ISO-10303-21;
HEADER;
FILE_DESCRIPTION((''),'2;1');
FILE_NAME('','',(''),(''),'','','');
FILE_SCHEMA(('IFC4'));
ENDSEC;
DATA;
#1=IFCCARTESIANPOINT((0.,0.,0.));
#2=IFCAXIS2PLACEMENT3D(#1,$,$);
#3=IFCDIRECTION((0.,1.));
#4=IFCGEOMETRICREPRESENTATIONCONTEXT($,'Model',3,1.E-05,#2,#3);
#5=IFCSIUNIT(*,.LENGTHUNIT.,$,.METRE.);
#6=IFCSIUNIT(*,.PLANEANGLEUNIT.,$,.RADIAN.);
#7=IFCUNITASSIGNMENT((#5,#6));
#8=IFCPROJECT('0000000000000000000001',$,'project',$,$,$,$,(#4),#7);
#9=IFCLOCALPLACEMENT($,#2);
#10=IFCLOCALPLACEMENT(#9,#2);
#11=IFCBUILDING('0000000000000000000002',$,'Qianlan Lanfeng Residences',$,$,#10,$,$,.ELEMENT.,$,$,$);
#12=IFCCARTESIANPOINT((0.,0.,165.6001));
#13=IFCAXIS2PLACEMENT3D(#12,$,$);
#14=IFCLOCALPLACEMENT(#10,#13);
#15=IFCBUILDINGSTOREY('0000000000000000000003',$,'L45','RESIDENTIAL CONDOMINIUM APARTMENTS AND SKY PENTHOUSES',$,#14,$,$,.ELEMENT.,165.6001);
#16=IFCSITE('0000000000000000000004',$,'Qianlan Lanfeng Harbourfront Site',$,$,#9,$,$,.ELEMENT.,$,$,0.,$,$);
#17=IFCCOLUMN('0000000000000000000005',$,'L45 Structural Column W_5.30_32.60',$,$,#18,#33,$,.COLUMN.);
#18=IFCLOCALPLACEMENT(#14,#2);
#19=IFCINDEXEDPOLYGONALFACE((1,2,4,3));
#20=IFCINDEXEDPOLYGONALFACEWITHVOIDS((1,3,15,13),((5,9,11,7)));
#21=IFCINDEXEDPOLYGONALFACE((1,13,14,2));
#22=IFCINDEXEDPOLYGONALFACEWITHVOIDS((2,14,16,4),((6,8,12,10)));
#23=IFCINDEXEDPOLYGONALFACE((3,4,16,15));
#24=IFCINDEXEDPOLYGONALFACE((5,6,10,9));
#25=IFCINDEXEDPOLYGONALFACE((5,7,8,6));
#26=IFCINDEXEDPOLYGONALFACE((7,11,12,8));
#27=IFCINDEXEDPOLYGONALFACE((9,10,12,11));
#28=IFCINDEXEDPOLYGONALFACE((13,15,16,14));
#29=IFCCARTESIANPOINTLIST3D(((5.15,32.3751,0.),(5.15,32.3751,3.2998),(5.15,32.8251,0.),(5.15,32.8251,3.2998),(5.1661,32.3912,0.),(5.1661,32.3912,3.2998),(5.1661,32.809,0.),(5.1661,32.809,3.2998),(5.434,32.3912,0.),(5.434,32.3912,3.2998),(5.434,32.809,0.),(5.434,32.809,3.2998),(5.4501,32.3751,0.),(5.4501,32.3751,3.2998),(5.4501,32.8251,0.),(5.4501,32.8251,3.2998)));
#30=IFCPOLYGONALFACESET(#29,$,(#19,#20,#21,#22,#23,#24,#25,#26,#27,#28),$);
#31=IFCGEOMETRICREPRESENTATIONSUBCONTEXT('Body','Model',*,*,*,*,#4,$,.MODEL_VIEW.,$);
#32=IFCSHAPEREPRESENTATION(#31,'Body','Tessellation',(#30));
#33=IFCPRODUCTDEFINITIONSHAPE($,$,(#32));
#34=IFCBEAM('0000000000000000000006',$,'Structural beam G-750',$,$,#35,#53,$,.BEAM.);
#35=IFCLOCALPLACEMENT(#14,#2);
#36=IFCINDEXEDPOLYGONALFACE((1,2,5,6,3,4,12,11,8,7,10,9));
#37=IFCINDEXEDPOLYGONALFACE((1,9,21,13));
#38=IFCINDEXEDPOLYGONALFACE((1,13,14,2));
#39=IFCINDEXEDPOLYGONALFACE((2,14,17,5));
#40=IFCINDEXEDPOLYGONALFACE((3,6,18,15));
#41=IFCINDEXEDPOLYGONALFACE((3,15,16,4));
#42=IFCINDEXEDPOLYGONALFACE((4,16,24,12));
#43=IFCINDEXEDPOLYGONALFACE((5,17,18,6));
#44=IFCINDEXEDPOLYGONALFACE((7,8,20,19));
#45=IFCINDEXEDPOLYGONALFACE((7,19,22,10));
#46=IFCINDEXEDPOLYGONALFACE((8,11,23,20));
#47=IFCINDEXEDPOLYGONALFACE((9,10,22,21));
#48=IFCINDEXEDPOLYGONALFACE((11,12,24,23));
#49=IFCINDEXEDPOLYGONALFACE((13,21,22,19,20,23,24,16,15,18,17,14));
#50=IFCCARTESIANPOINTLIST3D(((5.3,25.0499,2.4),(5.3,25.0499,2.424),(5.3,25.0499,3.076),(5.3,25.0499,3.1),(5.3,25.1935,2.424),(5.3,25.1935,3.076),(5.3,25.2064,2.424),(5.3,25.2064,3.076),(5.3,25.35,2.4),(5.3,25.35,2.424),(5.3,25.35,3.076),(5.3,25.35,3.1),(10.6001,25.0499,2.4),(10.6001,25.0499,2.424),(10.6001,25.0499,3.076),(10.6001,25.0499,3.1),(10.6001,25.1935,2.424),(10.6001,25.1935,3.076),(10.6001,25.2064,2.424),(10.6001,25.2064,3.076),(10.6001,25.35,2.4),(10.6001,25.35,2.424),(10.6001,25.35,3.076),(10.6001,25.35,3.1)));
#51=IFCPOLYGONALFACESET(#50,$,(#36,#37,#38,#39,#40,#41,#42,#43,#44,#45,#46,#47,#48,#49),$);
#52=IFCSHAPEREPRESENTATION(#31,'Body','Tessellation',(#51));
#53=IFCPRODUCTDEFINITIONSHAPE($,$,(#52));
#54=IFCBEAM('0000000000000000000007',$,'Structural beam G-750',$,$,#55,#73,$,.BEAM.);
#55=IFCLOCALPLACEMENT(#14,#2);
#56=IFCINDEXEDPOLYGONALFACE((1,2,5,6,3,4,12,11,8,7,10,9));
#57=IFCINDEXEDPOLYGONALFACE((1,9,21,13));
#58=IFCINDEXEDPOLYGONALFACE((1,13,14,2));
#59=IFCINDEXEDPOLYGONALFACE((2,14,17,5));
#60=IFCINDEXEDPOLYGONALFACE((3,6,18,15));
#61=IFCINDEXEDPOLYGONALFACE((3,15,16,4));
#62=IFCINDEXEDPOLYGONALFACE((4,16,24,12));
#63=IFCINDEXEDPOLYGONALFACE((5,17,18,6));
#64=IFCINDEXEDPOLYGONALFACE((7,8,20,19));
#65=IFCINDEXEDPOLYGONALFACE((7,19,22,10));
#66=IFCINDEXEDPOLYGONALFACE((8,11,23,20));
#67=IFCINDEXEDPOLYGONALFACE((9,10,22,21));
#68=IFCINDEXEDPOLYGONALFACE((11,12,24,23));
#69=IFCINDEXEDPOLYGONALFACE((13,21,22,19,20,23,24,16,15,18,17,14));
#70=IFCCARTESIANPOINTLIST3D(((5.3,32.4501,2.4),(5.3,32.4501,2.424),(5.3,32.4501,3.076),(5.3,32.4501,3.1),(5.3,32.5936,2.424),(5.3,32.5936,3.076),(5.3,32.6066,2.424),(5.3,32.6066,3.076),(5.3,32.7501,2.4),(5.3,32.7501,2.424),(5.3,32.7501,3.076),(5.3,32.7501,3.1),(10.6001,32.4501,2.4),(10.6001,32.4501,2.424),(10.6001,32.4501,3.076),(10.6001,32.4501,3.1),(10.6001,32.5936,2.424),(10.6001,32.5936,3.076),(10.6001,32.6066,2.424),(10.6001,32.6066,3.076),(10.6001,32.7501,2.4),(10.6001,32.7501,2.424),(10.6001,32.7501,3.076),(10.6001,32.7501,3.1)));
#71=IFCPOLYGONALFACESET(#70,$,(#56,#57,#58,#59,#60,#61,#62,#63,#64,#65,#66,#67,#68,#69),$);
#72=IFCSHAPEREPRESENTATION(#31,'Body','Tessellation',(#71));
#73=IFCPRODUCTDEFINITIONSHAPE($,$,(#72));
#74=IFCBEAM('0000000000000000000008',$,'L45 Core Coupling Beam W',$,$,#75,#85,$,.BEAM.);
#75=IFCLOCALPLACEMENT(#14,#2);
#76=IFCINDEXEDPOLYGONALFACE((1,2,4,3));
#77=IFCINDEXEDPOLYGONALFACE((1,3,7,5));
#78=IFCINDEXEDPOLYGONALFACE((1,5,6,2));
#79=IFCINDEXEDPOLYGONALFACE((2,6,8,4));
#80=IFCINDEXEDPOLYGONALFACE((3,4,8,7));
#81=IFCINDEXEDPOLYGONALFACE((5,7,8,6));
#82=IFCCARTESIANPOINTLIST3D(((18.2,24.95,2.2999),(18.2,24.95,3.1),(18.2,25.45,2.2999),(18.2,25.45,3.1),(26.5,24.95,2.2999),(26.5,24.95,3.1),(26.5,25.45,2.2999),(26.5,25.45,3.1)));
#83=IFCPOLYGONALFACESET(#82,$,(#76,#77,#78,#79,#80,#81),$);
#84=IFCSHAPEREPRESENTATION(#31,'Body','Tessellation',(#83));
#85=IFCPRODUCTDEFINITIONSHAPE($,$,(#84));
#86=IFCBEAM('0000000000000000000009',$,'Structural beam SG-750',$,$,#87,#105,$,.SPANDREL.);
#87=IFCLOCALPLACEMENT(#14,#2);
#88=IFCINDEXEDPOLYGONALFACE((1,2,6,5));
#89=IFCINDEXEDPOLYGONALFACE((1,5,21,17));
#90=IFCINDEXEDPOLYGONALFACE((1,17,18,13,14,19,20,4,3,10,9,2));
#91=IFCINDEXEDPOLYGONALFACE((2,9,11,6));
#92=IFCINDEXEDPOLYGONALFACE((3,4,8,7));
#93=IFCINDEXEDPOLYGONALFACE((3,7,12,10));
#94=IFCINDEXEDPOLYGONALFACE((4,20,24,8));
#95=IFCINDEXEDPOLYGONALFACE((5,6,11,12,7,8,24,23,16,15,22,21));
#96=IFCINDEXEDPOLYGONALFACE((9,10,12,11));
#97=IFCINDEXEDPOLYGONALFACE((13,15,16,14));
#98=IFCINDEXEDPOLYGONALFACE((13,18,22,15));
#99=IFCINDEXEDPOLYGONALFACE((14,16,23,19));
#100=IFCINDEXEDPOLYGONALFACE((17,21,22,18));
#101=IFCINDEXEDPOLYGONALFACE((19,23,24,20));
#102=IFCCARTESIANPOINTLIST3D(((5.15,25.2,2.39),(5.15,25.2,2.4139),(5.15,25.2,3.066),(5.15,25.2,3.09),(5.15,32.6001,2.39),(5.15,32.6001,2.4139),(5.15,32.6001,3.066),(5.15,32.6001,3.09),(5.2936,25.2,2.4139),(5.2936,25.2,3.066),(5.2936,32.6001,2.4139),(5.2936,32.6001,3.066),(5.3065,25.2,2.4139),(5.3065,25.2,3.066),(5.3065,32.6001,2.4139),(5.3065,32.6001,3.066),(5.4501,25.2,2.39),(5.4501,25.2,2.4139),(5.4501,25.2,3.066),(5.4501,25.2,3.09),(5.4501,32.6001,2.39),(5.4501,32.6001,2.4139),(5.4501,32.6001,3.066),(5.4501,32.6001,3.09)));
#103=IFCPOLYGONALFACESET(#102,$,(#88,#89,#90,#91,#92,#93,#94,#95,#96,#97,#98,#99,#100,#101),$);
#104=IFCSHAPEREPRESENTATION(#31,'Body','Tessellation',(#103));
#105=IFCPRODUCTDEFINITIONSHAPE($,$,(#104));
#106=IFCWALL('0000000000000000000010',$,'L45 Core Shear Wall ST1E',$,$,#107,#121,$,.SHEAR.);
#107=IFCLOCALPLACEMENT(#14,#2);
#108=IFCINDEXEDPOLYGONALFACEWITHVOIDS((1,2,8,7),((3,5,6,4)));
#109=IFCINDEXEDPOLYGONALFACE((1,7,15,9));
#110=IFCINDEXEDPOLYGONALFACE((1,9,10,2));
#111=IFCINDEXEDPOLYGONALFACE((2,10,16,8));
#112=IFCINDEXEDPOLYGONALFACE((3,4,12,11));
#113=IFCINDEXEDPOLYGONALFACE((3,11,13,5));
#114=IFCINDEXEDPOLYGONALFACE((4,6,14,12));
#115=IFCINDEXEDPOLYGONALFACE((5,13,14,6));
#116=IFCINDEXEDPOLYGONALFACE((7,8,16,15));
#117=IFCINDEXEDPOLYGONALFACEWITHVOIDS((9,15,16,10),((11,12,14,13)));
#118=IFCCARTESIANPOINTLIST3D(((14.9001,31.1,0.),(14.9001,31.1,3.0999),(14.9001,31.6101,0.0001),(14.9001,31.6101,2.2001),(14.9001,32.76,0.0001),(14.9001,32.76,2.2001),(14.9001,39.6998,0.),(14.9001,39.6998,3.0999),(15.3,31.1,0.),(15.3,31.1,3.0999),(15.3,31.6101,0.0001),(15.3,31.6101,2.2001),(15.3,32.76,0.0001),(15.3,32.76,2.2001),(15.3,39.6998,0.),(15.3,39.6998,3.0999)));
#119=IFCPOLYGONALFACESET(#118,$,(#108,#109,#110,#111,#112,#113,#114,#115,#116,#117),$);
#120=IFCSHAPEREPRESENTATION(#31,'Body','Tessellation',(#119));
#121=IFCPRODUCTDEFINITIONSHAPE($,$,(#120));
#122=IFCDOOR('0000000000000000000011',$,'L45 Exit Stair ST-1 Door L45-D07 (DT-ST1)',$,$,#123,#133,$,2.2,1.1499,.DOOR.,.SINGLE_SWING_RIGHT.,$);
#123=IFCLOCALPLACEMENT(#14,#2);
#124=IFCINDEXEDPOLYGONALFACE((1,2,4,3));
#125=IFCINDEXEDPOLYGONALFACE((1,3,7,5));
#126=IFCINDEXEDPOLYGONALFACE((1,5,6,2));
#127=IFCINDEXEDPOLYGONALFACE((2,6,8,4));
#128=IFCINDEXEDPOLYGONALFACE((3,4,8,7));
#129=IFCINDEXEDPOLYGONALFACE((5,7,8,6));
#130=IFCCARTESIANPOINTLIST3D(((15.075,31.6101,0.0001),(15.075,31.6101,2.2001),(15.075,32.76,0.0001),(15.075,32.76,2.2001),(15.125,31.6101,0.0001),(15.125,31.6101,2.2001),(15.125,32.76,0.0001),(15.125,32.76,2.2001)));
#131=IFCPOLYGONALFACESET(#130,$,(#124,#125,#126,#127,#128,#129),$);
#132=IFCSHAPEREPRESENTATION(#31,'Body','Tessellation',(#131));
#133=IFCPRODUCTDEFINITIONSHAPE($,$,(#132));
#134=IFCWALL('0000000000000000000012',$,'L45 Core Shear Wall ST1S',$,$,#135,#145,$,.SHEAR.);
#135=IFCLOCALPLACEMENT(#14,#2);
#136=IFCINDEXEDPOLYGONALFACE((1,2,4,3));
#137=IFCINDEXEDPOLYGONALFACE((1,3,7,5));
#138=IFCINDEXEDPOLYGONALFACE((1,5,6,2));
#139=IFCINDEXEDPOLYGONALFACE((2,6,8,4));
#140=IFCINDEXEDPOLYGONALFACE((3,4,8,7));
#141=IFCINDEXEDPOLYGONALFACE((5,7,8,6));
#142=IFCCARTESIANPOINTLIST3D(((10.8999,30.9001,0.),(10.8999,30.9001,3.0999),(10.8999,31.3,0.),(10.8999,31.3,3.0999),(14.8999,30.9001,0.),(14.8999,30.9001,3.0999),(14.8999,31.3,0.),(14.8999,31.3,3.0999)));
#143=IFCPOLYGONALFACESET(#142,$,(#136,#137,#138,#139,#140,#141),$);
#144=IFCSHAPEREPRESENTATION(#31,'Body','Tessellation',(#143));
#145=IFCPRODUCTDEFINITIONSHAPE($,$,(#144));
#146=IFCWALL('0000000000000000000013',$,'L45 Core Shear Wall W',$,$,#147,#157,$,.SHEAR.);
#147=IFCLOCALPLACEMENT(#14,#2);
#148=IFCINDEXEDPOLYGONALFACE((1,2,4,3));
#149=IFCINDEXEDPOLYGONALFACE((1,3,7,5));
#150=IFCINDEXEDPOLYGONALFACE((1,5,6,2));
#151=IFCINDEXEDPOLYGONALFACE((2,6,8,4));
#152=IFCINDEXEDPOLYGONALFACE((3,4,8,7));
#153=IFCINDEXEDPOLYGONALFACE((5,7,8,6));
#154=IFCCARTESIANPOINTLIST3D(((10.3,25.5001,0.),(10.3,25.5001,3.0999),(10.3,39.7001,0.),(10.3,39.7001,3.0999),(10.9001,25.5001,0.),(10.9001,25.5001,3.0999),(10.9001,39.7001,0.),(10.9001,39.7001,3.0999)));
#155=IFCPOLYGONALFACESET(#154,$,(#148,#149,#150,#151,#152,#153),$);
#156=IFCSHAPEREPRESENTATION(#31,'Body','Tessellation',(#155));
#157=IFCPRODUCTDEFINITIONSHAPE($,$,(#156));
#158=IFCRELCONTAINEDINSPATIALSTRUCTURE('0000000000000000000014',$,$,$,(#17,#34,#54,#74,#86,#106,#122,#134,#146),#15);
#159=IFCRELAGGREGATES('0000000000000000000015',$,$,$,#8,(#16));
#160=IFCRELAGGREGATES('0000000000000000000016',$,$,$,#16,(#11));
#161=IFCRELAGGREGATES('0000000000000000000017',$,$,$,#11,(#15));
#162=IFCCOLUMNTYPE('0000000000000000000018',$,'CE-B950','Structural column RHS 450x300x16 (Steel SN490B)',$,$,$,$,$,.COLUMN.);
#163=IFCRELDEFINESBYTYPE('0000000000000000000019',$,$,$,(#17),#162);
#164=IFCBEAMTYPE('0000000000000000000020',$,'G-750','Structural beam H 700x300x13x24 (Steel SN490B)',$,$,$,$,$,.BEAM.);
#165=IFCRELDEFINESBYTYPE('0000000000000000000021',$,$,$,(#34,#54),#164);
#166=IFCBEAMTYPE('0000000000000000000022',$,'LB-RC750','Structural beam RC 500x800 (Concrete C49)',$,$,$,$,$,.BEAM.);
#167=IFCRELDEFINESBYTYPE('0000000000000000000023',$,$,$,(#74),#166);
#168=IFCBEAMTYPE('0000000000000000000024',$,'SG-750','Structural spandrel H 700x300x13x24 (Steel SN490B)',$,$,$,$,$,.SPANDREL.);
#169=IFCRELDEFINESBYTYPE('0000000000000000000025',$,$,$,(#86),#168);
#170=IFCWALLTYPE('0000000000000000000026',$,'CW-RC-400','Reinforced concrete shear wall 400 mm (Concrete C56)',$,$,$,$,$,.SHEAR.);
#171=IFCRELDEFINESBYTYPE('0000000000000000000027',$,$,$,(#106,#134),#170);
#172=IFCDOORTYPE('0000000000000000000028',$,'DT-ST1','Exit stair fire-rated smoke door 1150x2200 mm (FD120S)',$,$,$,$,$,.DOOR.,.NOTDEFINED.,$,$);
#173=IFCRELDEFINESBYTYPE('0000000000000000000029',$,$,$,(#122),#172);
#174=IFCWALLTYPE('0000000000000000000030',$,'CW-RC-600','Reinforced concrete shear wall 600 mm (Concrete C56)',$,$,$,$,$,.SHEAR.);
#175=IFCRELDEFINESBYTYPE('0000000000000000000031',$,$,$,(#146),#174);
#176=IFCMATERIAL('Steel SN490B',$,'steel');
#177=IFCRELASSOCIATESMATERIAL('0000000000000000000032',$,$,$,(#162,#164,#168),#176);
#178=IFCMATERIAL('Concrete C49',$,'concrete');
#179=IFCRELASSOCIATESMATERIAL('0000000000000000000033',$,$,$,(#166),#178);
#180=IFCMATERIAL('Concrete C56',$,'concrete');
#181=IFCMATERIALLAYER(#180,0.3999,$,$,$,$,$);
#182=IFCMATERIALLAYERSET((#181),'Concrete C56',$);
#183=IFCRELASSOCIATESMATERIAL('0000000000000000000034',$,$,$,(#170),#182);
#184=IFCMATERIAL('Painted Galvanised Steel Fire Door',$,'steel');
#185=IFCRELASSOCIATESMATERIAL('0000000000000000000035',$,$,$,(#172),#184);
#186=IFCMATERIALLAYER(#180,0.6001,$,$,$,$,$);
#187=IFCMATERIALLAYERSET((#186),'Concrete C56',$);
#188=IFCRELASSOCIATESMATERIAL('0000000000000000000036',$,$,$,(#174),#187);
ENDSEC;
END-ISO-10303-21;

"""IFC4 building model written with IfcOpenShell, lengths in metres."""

from ifc_helpers import new_model, si_unit, direction, frame, frame_2d, origin, origin_2d, place, context, subcontext, project, spatial, rectangle, hollow_rectangle, i_section, extrude, material, layer, layer_set, material_profile, profile_set, type_object, element, fill, save


model = new_model("IFC4")

# Units and contexts
model_context = context("Model", 3, precision=1e-05, world=origin(), true_north=direction((0.0, 1.0)))
body_context = subcontext(model_context, "Body", "Model", "MODEL_VIEW")
ifc_project = project(units=[si_unit("LENGTHUNIT", "METRE"), si_unit("PLANEANGLEUNIT", "RADIAN")], contexts=[model_context])

# Site, building, storey
site_placement = place(None, origin())
site = spatial("IfcSite", under=ifc_project, at=site_placement, Name="Qianlan Lanfeng Harbourfront Site", CompositionType="ELEMENT", RefElevation=0.0)
building_placement = place(site_placement, origin())
building = spatial("IfcBuilding", under=site, at=building_placement, Name="Qianlan Lanfeng Residences", CompositionType="ELEMENT")
storey_placement = place(building_placement, frame((0.0, 0.0, 165.6001)))
storey = spatial("IfcBuildingStorey", under=building, at=storey_placement, Name="L45", Description="RESIDENTIAL CONDOMINIUM APARTMENTS AND SKY PENTHOUSES", CompositionType="ELEMENT", Elevation=165.6001)

# Column
ifc_material_1 = material(Name="Steel SN490B", Category="steel")
ifc_material_profile_1 = material_profile(ifc_material_1, hollow_rectangle(XDim=0.3, YDim=0.45, WallThickness=0.0161, at=origin_2d()), Name="RHS 450x300x16")
ifc_profile_set_1 = profile_set([ifc_material_profile_1], Name="Steel SN490B")
column_type = type_object("IfcColumnType", Name="CE-B950", Description="Structural column RHS 450x300x16 (Steel SN490B)", PredefinedType="COLUMN", material=ifc_profile_set_1)
column_placement = place(storey_placement, frame((5.3, 32.6001, 0.0), z_axis=(0.0, 0.0, 1.0), x_axis=(1.0, 0.0, 0.0)))
element("IfcColumn", 1, at=column_placement, inside=storey, type_object=column_type, Name="L45 Structural Column W_5.30_32.60", PredefinedType="COLUMN", context=body_context, shape_type="SweptSolid", body=[
    extrude(hollow_rectangle(XDim=0.3, YDim=0.45, WallThickness=0.0161, at=origin_2d()), origin(), (0.0, 0.0, 1.0), 3.2998),
])

# Beams
ifc_material_profile_2 = material_profile(ifc_material_1, i_section(OverallWidth=0.3, OverallDepth=0.7, WebThickness=0.0129, FlangeThickness=0.0239, at=origin_2d()), Name="H 700x300x13x24")
ifc_profile_set_2 = profile_set([ifc_material_profile_2], Name="Steel SN490B")
beam_type_1 = type_object("IfcBeamType", Name="G-750", Description="Structural beam H 700x300x13x24 (Steel SN490B)", PredefinedType="BEAM", material=ifc_profile_set_2)
for number, where, z_axis, x_axis, name in (
    (2, (5.3, 25.2, 2.75), (1.0, 0.0, 0.0), (0.0, 1.0, 0.0), "Structural beam G-750"),
    (3, (5.3, 32.6001, 2.75), (1.0, 0.0, 0.0), (0.0, 1.0, 0.0), "Structural beam G-750"),
):
    element("IfcBeam", number, at=place(storey_placement, frame(where, z_axis=z_axis, x_axis=x_axis)), inside=storey, type_object=beam_type_1, Name=name, PredefinedType="BEAM", context=body_context, shape_type="SweptSolid", body=[
        extrude(i_section(OverallWidth=0.3, OverallDepth=0.7, WebThickness=0.0129, FlangeThickness=0.0239, at=origin_2d()), origin(), (0.0, 0.0, 1.0), 5.3),
    ])
ifc_material_2 = material(Name="Concrete C49", Category="concrete")
ifc_material_profile_3 = material_profile(ifc_material_2, rectangle(XDim=0.5, YDim=0.8, at=origin_2d()), Name="RC 500x800")
ifc_profile_set_3 = profile_set([ifc_material_profile_3], Name="Concrete C49")
beam_type_2 = type_object("IfcBeamType", Name="LB-RC750", Description="Structural beam RC 500x800 (Concrete C49)", PredefinedType="BEAM", material=ifc_profile_set_3)
beam_1_placement = place(storey_placement, frame((18.2, 25.2, 2.7), z_axis=(1.0, 0.0, 0.0), x_axis=(0.0, 1.0, 0.0)))
element("IfcBeam", 4, at=beam_1_placement, inside=storey, type_object=beam_type_2, Name="L45 Core Coupling Beam W", PredefinedType="BEAM", context=body_context, shape_type="SweptSolid", body=[
    extrude(rectangle(XDim=0.5, YDim=0.8, at=origin_2d()), origin(), (0.0, 0.0, 1.0), 8.3),
])
ifc_material_profile_4 = material_profile(ifc_material_1, i_section(OverallWidth=0.3, OverallDepth=0.7, WebThickness=0.0129, FlangeThickness=0.0239, at=origin_2d()), Name="H 700x300x13x24")
ifc_profile_set_4 = profile_set([ifc_material_profile_4], Name="Steel SN490B")
beam_type_3 = type_object("IfcBeamType", Name="SG-750", Description="Structural spandrel H 700x300x13x24 (Steel SN490B)", PredefinedType="SPANDREL", material=ifc_profile_set_4)
beam_2_placement = place(storey_placement, frame((5.3, 25.2, 2.74), z_axis=(0.0, 1.0, 0.0), x_axis=(-1.0, 0.0, 0.0)))
element("IfcBeam", 5, at=beam_2_placement, inside=storey, type_object=beam_type_3, Name="Structural beam SG-750", PredefinedType="SPANDREL", context=body_context, shape_type="SweptSolid", body=[
    extrude(i_section(OverallWidth=0.3, OverallDepth=0.7, WebThickness=0.0129, FlangeThickness=0.0239, at=origin_2d()), origin(), (0.0, 0.0, 1.0), 7.4001),
])

# Wall, opening, door
ifc_material_3 = material(Name="Concrete C56", Category="concrete")
ifc_layer_1 = layer(ifc_material_3, 0.3999)
ifc_layer_set_1 = layer_set([ifc_layer_1], Name="Concrete C56")
wall_type_1 = type_object("IfcWallType", Name="CW-RC-400", Description="Reinforced concrete shear wall 400 mm (Concrete C56)", PredefinedType="SHEAR", material=ifc_layer_set_1)
wall_1_placement = place(storey_placement, frame((15.1001, 31.1001, 0.0), z_axis=(0.0, 0.0, 1.0), x_axis=(0.0, 1.0, 0.0)))
wall_1 = element("IfcWall", 6, at=wall_1_placement, inside=storey, type_object=wall_type_1, Name="L45 Core Shear Wall ST1E", PredefinedType="SHEAR", context=body_context, shape_type="SweptSolid", body=[
    extrude(rectangle(XDim=8.5999, YDim=0.3999, at=frame_2d((4.2998, 0.0))), origin(), (0.0, 0.0, 1.0), 3.0999),
])
opening_1_placement = place(wall_1_placement, frame((0.51, 0.0, 0.0)))
opening_1 = element("IfcOpeningElement", 7, at=opening_1_placement, cuts=wall_1, PredefinedType="OPENING", context=body_context, shape_type="SweptSolid", body=[
    extrude(rectangle(XDim=1.1499, YDim=2.2, at=frame_2d((0.575, 1.1001))), frame((0.0, 0.21, 0.0), z_axis=(0.0, -1.0, 0.0), x_axis=(1.0, 0.0, 0.0)), (0.0, 0.0, 1.0), 0.4199),
])
ifc_material_4 = material(Name="Painted Galvanised Steel Fire Door", Category="steel")
door_type_1 = type_object("IfcDoorType", Name="DT-ST1", Description="Exit stair fire-rated smoke door 1150x2200 mm (FD120S)", OperationType="NOTDEFINED", PredefinedType="DOOR", material=ifc_material_4)
door_1_placement = place(opening_1_placement, frame((1.1499, 0.0, 0.0), z_axis=(0.0, 0.0, 1.0), x_axis=(-1.0, 0.0, 0.0)))
door_1 = element("IfcDoor", 8, at=door_1_placement, inside=storey, type_object=door_type_1, Name="L45 Exit Stair ST-1 Door L45-D07 (DT-ST1)", OperationType="SINGLE_SWING_RIGHT", OverallHeight=2.2, OverallWidth=1.1499, PredefinedType="DOOR", context=body_context, shape_type="SweptSolid", body=[
    extrude(rectangle(XDim=1.1499, YDim=2.2, at=frame_2d((0.575, 1.1001))), frame((0.0, 0.0249, 0.0), z_axis=(0.0, -1.0, 0.0), x_axis=(1.0, 0.0, 0.0)), (0.0, 0.0, 1.0), 0.05),
])
fill(opening_1, door_1)

# Wall
wall_2_placement = place(storey_placement, frame((10.8999, 31.1001, 0.0), z_axis=(0.0, 0.0, 1.0), x_axis=(1.0, 0.0, 0.0)))
element("IfcWall", 9, at=wall_2_placement, inside=storey, type_object=wall_type_1, Name="L45 Core Shear Wall ST1S", PredefinedType="SHEAR", context=body_context, shape_type="SweptSolid", body=[
    extrude(rectangle(XDim=4.0, YDim=0.3999, at=frame_2d((2.0, 0.0))), origin(), (0.0, 0.0, 1.0), 3.0999),
])

# Wall
ifc_layer_2 = layer(ifc_material_3, 0.6001)
ifc_layer_set_2 = layer_set([ifc_layer_2], Name="Concrete C56")
wall_type_2 = type_object("IfcWallType", Name="CW-RC-600", Description="Reinforced concrete shear wall 600 mm (Concrete C56)", PredefinedType="SHEAR", material=ifc_layer_set_2)
wall_3_placement = place(storey_placement, frame((10.6001, 25.5, 0.0), z_axis=(0.0, 0.0, 1.0), x_axis=(0.0, 1.0, 0.0)))
element("IfcWall", 10, at=wall_3_placement, inside=storey, type_object=wall_type_2, Name="L45 Core Shear Wall W", PredefinedType="SHEAR", context=body_context, shape_type="SweptSolid", body=[
    extrude(rectangle(XDim=14.2, YDim=0.6001, at=frame_2d((7.1001, 0.0))), origin(), (0.0, 0.0, 1.0), 3.0999),
])

save(model, "model.ifc")
